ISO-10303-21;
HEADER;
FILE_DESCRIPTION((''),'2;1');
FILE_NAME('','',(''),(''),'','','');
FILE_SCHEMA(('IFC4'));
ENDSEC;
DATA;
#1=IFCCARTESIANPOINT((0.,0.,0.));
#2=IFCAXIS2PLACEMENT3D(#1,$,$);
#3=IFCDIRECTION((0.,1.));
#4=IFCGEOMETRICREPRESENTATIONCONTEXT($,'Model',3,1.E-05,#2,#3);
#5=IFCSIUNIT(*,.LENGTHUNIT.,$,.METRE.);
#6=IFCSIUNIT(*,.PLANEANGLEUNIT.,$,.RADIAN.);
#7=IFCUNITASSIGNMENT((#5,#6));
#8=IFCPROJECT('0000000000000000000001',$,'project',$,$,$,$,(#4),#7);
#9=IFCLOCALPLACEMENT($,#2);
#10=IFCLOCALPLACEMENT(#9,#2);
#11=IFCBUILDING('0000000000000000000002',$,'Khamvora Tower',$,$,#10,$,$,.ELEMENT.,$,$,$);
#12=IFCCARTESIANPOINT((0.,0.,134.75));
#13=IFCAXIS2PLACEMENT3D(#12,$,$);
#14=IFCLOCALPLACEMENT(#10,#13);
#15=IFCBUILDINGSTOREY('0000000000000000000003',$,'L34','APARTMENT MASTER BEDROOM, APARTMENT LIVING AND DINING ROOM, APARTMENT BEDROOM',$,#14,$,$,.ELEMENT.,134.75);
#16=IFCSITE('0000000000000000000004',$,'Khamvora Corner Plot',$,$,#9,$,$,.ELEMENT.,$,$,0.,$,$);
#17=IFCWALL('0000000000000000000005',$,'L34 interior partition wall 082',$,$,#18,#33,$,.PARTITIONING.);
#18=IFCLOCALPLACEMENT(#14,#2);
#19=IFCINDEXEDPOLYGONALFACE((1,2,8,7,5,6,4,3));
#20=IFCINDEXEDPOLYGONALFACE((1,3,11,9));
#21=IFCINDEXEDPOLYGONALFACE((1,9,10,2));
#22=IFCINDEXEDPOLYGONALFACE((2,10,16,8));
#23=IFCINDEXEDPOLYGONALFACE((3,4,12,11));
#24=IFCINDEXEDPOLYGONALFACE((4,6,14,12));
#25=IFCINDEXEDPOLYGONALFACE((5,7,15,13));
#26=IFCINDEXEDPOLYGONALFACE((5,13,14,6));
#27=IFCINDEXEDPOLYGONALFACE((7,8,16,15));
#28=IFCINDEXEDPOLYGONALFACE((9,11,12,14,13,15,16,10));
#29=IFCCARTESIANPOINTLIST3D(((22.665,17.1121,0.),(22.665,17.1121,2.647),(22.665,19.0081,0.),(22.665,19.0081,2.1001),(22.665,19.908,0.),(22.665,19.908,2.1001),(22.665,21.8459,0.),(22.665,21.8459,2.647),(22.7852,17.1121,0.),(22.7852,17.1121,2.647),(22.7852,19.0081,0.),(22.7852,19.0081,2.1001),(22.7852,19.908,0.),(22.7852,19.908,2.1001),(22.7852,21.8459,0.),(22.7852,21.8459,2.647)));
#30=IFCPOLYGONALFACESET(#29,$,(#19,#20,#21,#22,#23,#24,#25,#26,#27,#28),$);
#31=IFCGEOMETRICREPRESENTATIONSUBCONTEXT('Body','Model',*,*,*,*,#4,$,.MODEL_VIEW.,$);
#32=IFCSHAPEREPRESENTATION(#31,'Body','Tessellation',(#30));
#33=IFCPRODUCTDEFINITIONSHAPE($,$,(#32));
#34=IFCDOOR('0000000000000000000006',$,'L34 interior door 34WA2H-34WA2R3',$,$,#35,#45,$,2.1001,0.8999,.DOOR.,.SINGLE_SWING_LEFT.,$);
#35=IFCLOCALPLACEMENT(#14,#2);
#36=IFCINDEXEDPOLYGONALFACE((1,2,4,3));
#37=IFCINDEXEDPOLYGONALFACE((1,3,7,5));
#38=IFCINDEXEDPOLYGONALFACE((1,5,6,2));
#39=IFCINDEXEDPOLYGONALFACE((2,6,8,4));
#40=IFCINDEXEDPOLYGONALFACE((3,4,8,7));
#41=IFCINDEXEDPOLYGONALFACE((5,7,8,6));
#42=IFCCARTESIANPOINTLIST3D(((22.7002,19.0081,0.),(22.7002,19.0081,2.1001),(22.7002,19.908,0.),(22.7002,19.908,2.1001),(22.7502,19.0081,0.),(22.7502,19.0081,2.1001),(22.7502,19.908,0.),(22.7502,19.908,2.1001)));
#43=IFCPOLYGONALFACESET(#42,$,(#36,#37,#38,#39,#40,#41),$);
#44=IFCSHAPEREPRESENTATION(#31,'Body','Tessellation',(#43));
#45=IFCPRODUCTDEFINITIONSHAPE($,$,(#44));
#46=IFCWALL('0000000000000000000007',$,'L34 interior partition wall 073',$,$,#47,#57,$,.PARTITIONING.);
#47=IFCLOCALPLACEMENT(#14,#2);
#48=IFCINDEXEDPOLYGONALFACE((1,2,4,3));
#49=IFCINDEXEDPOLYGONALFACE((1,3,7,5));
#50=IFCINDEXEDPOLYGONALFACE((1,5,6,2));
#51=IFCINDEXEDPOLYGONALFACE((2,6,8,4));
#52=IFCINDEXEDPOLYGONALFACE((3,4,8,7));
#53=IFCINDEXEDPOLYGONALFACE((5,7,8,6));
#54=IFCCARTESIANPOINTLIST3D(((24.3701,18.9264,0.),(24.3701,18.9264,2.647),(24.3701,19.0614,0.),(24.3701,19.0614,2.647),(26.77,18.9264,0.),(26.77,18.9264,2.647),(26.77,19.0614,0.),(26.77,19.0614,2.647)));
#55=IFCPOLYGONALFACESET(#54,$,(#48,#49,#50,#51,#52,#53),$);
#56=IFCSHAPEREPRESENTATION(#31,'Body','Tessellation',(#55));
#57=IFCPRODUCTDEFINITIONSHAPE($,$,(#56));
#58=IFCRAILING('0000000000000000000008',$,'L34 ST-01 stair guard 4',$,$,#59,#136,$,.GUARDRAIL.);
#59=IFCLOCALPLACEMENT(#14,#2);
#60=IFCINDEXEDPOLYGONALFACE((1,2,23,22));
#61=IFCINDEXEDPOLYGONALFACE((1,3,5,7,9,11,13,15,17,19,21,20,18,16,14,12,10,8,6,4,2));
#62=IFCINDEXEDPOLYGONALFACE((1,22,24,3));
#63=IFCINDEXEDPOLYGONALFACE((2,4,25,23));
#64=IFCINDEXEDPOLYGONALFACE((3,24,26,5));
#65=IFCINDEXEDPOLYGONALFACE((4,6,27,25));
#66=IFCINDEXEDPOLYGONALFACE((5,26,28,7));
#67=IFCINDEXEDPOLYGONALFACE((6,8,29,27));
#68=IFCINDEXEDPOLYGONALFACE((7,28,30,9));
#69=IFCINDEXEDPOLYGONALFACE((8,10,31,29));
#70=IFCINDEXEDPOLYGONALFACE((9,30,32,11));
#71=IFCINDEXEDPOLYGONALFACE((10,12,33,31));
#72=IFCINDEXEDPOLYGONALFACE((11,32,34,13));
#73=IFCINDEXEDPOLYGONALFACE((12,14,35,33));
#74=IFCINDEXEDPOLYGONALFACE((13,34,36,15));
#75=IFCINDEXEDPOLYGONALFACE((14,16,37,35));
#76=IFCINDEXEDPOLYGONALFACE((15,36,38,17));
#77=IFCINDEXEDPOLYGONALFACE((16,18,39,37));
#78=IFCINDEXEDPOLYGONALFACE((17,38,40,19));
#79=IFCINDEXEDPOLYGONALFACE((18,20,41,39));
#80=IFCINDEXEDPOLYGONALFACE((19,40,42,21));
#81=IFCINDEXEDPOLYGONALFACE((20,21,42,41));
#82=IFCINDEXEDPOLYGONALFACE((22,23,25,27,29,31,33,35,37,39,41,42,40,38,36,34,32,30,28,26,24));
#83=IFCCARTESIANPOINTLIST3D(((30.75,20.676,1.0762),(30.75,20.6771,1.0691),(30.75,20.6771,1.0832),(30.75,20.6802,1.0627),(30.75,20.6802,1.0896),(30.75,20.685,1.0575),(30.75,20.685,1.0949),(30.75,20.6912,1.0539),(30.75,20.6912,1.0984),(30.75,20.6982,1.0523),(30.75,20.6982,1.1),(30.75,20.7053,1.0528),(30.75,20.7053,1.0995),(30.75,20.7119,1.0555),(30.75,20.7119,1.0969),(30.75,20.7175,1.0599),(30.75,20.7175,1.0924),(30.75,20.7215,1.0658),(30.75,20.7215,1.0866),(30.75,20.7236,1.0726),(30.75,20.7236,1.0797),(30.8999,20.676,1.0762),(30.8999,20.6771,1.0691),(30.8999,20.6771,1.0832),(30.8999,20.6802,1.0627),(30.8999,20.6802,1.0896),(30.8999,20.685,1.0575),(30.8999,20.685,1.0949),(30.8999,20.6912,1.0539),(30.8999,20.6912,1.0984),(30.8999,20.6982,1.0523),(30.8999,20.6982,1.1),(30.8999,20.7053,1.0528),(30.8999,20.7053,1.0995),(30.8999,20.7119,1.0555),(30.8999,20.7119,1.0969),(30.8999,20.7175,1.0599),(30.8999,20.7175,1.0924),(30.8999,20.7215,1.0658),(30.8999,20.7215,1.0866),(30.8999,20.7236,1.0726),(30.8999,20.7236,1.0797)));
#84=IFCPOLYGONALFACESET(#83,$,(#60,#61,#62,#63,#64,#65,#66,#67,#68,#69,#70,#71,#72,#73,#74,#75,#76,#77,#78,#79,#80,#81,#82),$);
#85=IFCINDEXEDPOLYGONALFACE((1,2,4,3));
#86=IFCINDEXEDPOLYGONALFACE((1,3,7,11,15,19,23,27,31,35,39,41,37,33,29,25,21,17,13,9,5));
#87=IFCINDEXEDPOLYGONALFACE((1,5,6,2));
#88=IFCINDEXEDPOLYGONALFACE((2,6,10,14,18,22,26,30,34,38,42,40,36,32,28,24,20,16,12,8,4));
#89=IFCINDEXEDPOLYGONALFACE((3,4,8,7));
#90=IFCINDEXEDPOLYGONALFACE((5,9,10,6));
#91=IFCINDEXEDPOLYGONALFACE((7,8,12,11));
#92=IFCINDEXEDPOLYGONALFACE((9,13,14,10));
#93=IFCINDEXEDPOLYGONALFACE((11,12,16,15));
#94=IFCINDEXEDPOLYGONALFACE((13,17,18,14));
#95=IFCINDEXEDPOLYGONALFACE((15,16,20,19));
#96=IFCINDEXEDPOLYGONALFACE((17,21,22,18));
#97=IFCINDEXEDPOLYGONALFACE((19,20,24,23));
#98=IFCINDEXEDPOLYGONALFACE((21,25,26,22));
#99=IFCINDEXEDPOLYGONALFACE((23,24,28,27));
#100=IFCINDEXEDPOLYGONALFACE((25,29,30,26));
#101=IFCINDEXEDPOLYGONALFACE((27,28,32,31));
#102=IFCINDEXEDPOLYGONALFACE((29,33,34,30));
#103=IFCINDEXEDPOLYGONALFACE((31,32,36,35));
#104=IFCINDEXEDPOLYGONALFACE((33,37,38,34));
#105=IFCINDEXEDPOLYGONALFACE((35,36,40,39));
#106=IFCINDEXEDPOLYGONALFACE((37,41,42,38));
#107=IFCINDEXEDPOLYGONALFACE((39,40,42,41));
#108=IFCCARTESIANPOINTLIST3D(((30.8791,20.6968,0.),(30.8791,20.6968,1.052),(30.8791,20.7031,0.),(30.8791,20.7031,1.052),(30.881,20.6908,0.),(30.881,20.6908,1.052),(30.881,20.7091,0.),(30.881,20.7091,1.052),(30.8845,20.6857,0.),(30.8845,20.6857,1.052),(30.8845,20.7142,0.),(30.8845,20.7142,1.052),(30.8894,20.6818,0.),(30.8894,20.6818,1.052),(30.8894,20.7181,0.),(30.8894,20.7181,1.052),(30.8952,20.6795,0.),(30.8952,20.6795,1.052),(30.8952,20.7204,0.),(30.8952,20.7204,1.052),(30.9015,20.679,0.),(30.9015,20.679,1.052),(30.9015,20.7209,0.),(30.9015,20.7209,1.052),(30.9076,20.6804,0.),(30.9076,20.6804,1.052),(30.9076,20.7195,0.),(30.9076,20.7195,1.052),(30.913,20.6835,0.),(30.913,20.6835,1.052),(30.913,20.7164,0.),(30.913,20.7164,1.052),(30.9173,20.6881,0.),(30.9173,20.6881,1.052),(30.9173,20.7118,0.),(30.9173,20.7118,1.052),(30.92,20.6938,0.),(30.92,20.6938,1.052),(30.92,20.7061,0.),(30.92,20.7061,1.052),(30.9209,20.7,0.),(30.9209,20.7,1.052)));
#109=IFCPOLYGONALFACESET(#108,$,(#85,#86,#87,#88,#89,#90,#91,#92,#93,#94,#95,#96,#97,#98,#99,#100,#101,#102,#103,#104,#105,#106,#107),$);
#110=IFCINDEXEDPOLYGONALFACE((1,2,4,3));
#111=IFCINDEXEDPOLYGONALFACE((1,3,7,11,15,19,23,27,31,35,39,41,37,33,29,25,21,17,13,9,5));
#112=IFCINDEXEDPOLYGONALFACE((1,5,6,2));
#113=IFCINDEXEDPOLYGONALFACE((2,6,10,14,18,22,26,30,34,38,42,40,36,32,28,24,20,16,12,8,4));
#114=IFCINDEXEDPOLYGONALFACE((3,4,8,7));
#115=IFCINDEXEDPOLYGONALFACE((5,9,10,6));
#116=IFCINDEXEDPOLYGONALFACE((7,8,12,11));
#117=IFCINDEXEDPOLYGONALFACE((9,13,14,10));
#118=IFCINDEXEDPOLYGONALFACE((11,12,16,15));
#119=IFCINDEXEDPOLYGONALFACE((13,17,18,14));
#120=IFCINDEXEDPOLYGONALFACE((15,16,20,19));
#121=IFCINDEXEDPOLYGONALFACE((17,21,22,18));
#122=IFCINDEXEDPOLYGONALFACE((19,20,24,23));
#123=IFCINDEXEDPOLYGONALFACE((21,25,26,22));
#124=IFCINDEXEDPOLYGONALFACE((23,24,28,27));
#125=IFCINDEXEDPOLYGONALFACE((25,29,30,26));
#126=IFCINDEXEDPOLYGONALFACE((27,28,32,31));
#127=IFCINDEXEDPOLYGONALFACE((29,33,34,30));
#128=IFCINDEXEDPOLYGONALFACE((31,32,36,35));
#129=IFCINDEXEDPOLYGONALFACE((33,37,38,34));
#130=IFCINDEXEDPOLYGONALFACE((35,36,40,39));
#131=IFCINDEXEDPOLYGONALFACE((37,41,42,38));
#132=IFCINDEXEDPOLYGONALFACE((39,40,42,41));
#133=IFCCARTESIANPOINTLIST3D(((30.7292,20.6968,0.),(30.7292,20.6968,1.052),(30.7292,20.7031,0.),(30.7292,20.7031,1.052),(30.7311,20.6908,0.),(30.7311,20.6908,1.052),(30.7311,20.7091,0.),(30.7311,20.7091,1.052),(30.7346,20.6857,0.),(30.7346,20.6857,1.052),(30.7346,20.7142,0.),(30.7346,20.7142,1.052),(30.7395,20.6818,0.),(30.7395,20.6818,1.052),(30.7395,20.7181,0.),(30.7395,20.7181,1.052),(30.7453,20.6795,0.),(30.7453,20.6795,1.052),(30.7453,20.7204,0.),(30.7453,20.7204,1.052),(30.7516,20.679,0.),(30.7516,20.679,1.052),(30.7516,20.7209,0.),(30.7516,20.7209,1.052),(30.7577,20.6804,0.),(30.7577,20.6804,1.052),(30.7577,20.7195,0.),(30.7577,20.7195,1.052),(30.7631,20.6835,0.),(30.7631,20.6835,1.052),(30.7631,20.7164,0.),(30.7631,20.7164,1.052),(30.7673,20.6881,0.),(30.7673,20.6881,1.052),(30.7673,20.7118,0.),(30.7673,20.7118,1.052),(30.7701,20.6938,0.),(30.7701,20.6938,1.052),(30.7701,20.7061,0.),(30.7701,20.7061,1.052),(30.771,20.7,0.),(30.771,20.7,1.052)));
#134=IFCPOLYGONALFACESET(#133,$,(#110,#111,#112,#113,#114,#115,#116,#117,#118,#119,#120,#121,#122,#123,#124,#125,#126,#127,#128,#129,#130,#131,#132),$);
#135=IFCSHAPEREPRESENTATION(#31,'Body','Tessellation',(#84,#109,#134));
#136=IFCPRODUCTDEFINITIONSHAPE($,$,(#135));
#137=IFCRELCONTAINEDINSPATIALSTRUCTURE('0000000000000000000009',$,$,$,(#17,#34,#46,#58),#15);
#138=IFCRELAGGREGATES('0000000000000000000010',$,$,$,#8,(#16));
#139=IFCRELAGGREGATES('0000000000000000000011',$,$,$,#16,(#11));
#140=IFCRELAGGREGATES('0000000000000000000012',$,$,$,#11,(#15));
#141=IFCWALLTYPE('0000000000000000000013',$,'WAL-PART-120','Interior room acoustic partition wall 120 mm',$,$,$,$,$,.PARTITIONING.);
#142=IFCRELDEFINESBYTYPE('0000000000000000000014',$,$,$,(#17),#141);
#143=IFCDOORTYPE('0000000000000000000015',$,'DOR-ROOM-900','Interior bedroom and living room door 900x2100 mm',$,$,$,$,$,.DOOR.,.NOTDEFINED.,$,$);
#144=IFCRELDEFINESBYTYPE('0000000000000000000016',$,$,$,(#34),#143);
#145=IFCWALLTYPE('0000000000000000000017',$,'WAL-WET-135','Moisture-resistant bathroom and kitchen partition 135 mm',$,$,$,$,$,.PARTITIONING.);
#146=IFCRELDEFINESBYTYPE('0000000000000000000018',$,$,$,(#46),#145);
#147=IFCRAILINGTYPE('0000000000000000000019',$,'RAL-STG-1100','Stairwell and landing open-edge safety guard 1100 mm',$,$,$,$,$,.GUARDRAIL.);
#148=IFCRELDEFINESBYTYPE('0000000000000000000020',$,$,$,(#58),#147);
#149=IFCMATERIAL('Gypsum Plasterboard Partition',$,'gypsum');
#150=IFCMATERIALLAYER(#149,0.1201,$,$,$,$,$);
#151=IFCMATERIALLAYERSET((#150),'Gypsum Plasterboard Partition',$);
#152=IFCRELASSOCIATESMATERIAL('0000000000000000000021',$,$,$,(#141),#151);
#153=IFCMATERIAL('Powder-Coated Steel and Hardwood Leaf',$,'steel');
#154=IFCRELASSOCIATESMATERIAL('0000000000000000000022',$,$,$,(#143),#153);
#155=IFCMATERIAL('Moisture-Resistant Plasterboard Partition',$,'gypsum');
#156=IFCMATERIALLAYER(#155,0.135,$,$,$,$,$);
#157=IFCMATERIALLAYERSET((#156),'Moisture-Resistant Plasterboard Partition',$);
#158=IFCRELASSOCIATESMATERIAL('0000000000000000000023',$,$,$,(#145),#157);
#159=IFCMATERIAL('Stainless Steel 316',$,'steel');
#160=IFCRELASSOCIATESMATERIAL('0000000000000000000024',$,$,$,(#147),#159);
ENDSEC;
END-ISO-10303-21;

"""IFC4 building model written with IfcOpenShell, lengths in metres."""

from ifc_helpers import new_model, si_unit, direction, frame, frame_2d, origin, origin_2d, place, context, subcontext, project, spatial, rectangle, circle, extrude, material, layer, layer_set, type_object, element, fill, save


model = new_model("IFC4")

# Units and contexts
model_context = context("Model", 3, precision=1e-05, world=origin(), true_north=direction((0.0, 1.0)))
body_context = subcontext(model_context, "Body", "Model", "MODEL_VIEW")
ifc_project = project(units=[si_unit("LENGTHUNIT", "METRE"), si_unit("PLANEANGLEUNIT", "RADIAN")], contexts=[model_context])

# Site, building, storey
site_placement = place(None, origin())
site = spatial("IfcSite", under=ifc_project, at=site_placement, Name="Khamvora Corner Plot", CompositionType="ELEMENT", RefElevation=0.0)
building_placement = place(site_placement, origin())
building = spatial("IfcBuilding", under=site, at=building_placement, Name="Khamvora Tower", CompositionType="ELEMENT")
storey_placement = place(building_placement, frame((0.0, 0.0, 134.75)))
storey = spatial("IfcBuildingStorey", under=building, at=storey_placement, Name="L34", Description="APARTMENT MASTER BEDROOM, APARTMENT LIVING AND DINING ROOM, APARTMENT BEDROOM", CompositionType="ELEMENT", Elevation=134.75)

# Shared definitions
ifc_material_1 = material(Name="Powder-Coated Steel and Hardwood Leaf", Category="steel")

# Shared definitions
ifc_material_2 = material(Name="Gypsum Plasterboard Partition", Category="gypsum")
ifc_layer_1 = layer(ifc_material_2, 0.1201)
ifc_layer_set_1 = layer_set([ifc_layer_1], Name="Gypsum Plasterboard Partition")
wall_type_1 = type_object("IfcWallType", Name="WAL-PART-120", Description="Interior room acoustic partition wall 120 mm", PredefinedType="PARTITIONING", material=ifc_layer_set_1)

# Wall, opening, door
door_type_1 = type_object("IfcDoorType", Name="DOR-ROOM-900", Description="Interior bedroom and living room door 900x2100 mm", OperationType="NOTDEFINED", PredefinedType="DOOR", material=ifc_material_1)
wall_1_placement = place(storey_placement, frame((22.7251, 17.1121, 0.0), z_axis=(0.0, 0.0, 1.0), x_axis=(0.0, 1.0, 0.0)))
wall_1 = element("IfcWall", 1, at=wall_1_placement, inside=storey, type_object=wall_type_1, Name="L34 interior partition wall 082", PredefinedType="PARTITIONING", context=body_context, shape_type="SweptSolid", body=[
    extrude(rectangle(XDim=4.7339, YDim=0.1201, at=frame_2d((2.3669, 0.0))), origin(), (0.0, 0.0, 1.0), 2.647),
])
opening_1_placement = place(wall_1_placement, frame((1.896, 0.0, 0.0)))
opening_1 = element("IfcOpeningElement", 2, at=opening_1_placement, cuts=wall_1, PredefinedType="OPENING", context=body_context, shape_type="SweptSolid", body=[
    extrude(rectangle(XDim=0.8999, YDim=2.1001, at=frame_2d((0.45, 1.05))), frame((0.0, 0.0701, 0.0), z_axis=(0.0, -1.0, 0.0), x_axis=(1.0, 0.0, 0.0)), (0.0, 0.0, 1.0), 0.1401),
])
door_1_placement = place(opening_1_placement, origin())
door_1 = element("IfcDoor", 3, at=door_1_placement, inside=storey, type_object=door_type_1, Name="L34 interior door 34WA2H-34WA2R3", OperationType="SINGLE_SWING_LEFT", OverallHeight=2.1001, OverallWidth=0.8999, PredefinedType="DOOR", context=body_context, shape_type="SweptSolid", body=[
    extrude(rectangle(XDim=0.8999, YDim=2.1001, at=frame_2d((0.45, 1.05))), frame((0.0, 0.0249, 0.0), z_axis=(0.0, -1.0, 0.0), x_axis=(1.0, 0.0, 0.0)), (0.0, 0.0, 1.0), 0.05),
])
fill(opening_1, door_1)

# Wall
ifc_material_3 = material(Name="Moisture-Resistant Plasterboard Partition", Category="gypsum")
ifc_layer_2 = layer(ifc_material_3, 0.135)
ifc_layer_set_2 = layer_set([ifc_layer_2], Name="Moisture-Resistant Plasterboard Partition")
wall_type_2 = type_object("IfcWallType", Name="WAL-WET-135", Description="Moisture-resistant bathroom and kitchen partition 135 mm", PredefinedType="PARTITIONING", material=ifc_layer_set_2)
wall_2_placement = place(storey_placement, frame((24.3701, 18.9939, 0.0), z_axis=(0.0, 0.0, 1.0), x_axis=(1.0, 0.0, 0.0)))
element("IfcWall", 4, at=wall_2_placement, inside=storey, type_object=wall_type_2, Name="L34 interior partition wall 073", PredefinedType="PARTITIONING", context=body_context, shape_type="SweptSolid", body=[
    extrude(rectangle(XDim=2.3999, YDim=0.135, at=frame_2d((1.2, 0.0))), origin(), (0.0, 0.0, 1.0), 2.647),
])

# Railing
ifc_material_4 = material(Name="Stainless Steel 316", Category="steel")
railing_type = type_object("IfcRailingType", Name="RAL-STG-1100", Description="Stairwell and landing open-edge safety guard 1100 mm", PredefinedType="GUARDRAIL", material=ifc_material_4)
railing_placement = place(storey_placement, frame((30.8999, 20.7, 0.0)))
element("IfcRailing", 5, at=railing_placement, inside=storey, type_object=railing_type, Name="L34 ST-01 stair guard 4", PredefinedType="GUARDRAIL", context=body_context, shape_type="SweptSolid", body=[
    extrude(circle(Radius=0.0239, at=origin_2d()), frame((0.0, 0.0, 1.0762), z_axis=(-1.0, 0.0, 0.0), x_axis=(0.0, -1.0, 0.0)), (0.0, 0.0, 1.0), 0.1499),
    extrude(circle(Radius=0.021, at=origin_2d()), origin(), (0.0, 0.0, 1.0), 1.052),
    extrude(circle(Radius=0.021, at=origin_2d()), frame((-0.1499, 0.0, 0.0)), (0.0, 0.0, 1.0), 1.052),
])

save(model, "model.ifc")
